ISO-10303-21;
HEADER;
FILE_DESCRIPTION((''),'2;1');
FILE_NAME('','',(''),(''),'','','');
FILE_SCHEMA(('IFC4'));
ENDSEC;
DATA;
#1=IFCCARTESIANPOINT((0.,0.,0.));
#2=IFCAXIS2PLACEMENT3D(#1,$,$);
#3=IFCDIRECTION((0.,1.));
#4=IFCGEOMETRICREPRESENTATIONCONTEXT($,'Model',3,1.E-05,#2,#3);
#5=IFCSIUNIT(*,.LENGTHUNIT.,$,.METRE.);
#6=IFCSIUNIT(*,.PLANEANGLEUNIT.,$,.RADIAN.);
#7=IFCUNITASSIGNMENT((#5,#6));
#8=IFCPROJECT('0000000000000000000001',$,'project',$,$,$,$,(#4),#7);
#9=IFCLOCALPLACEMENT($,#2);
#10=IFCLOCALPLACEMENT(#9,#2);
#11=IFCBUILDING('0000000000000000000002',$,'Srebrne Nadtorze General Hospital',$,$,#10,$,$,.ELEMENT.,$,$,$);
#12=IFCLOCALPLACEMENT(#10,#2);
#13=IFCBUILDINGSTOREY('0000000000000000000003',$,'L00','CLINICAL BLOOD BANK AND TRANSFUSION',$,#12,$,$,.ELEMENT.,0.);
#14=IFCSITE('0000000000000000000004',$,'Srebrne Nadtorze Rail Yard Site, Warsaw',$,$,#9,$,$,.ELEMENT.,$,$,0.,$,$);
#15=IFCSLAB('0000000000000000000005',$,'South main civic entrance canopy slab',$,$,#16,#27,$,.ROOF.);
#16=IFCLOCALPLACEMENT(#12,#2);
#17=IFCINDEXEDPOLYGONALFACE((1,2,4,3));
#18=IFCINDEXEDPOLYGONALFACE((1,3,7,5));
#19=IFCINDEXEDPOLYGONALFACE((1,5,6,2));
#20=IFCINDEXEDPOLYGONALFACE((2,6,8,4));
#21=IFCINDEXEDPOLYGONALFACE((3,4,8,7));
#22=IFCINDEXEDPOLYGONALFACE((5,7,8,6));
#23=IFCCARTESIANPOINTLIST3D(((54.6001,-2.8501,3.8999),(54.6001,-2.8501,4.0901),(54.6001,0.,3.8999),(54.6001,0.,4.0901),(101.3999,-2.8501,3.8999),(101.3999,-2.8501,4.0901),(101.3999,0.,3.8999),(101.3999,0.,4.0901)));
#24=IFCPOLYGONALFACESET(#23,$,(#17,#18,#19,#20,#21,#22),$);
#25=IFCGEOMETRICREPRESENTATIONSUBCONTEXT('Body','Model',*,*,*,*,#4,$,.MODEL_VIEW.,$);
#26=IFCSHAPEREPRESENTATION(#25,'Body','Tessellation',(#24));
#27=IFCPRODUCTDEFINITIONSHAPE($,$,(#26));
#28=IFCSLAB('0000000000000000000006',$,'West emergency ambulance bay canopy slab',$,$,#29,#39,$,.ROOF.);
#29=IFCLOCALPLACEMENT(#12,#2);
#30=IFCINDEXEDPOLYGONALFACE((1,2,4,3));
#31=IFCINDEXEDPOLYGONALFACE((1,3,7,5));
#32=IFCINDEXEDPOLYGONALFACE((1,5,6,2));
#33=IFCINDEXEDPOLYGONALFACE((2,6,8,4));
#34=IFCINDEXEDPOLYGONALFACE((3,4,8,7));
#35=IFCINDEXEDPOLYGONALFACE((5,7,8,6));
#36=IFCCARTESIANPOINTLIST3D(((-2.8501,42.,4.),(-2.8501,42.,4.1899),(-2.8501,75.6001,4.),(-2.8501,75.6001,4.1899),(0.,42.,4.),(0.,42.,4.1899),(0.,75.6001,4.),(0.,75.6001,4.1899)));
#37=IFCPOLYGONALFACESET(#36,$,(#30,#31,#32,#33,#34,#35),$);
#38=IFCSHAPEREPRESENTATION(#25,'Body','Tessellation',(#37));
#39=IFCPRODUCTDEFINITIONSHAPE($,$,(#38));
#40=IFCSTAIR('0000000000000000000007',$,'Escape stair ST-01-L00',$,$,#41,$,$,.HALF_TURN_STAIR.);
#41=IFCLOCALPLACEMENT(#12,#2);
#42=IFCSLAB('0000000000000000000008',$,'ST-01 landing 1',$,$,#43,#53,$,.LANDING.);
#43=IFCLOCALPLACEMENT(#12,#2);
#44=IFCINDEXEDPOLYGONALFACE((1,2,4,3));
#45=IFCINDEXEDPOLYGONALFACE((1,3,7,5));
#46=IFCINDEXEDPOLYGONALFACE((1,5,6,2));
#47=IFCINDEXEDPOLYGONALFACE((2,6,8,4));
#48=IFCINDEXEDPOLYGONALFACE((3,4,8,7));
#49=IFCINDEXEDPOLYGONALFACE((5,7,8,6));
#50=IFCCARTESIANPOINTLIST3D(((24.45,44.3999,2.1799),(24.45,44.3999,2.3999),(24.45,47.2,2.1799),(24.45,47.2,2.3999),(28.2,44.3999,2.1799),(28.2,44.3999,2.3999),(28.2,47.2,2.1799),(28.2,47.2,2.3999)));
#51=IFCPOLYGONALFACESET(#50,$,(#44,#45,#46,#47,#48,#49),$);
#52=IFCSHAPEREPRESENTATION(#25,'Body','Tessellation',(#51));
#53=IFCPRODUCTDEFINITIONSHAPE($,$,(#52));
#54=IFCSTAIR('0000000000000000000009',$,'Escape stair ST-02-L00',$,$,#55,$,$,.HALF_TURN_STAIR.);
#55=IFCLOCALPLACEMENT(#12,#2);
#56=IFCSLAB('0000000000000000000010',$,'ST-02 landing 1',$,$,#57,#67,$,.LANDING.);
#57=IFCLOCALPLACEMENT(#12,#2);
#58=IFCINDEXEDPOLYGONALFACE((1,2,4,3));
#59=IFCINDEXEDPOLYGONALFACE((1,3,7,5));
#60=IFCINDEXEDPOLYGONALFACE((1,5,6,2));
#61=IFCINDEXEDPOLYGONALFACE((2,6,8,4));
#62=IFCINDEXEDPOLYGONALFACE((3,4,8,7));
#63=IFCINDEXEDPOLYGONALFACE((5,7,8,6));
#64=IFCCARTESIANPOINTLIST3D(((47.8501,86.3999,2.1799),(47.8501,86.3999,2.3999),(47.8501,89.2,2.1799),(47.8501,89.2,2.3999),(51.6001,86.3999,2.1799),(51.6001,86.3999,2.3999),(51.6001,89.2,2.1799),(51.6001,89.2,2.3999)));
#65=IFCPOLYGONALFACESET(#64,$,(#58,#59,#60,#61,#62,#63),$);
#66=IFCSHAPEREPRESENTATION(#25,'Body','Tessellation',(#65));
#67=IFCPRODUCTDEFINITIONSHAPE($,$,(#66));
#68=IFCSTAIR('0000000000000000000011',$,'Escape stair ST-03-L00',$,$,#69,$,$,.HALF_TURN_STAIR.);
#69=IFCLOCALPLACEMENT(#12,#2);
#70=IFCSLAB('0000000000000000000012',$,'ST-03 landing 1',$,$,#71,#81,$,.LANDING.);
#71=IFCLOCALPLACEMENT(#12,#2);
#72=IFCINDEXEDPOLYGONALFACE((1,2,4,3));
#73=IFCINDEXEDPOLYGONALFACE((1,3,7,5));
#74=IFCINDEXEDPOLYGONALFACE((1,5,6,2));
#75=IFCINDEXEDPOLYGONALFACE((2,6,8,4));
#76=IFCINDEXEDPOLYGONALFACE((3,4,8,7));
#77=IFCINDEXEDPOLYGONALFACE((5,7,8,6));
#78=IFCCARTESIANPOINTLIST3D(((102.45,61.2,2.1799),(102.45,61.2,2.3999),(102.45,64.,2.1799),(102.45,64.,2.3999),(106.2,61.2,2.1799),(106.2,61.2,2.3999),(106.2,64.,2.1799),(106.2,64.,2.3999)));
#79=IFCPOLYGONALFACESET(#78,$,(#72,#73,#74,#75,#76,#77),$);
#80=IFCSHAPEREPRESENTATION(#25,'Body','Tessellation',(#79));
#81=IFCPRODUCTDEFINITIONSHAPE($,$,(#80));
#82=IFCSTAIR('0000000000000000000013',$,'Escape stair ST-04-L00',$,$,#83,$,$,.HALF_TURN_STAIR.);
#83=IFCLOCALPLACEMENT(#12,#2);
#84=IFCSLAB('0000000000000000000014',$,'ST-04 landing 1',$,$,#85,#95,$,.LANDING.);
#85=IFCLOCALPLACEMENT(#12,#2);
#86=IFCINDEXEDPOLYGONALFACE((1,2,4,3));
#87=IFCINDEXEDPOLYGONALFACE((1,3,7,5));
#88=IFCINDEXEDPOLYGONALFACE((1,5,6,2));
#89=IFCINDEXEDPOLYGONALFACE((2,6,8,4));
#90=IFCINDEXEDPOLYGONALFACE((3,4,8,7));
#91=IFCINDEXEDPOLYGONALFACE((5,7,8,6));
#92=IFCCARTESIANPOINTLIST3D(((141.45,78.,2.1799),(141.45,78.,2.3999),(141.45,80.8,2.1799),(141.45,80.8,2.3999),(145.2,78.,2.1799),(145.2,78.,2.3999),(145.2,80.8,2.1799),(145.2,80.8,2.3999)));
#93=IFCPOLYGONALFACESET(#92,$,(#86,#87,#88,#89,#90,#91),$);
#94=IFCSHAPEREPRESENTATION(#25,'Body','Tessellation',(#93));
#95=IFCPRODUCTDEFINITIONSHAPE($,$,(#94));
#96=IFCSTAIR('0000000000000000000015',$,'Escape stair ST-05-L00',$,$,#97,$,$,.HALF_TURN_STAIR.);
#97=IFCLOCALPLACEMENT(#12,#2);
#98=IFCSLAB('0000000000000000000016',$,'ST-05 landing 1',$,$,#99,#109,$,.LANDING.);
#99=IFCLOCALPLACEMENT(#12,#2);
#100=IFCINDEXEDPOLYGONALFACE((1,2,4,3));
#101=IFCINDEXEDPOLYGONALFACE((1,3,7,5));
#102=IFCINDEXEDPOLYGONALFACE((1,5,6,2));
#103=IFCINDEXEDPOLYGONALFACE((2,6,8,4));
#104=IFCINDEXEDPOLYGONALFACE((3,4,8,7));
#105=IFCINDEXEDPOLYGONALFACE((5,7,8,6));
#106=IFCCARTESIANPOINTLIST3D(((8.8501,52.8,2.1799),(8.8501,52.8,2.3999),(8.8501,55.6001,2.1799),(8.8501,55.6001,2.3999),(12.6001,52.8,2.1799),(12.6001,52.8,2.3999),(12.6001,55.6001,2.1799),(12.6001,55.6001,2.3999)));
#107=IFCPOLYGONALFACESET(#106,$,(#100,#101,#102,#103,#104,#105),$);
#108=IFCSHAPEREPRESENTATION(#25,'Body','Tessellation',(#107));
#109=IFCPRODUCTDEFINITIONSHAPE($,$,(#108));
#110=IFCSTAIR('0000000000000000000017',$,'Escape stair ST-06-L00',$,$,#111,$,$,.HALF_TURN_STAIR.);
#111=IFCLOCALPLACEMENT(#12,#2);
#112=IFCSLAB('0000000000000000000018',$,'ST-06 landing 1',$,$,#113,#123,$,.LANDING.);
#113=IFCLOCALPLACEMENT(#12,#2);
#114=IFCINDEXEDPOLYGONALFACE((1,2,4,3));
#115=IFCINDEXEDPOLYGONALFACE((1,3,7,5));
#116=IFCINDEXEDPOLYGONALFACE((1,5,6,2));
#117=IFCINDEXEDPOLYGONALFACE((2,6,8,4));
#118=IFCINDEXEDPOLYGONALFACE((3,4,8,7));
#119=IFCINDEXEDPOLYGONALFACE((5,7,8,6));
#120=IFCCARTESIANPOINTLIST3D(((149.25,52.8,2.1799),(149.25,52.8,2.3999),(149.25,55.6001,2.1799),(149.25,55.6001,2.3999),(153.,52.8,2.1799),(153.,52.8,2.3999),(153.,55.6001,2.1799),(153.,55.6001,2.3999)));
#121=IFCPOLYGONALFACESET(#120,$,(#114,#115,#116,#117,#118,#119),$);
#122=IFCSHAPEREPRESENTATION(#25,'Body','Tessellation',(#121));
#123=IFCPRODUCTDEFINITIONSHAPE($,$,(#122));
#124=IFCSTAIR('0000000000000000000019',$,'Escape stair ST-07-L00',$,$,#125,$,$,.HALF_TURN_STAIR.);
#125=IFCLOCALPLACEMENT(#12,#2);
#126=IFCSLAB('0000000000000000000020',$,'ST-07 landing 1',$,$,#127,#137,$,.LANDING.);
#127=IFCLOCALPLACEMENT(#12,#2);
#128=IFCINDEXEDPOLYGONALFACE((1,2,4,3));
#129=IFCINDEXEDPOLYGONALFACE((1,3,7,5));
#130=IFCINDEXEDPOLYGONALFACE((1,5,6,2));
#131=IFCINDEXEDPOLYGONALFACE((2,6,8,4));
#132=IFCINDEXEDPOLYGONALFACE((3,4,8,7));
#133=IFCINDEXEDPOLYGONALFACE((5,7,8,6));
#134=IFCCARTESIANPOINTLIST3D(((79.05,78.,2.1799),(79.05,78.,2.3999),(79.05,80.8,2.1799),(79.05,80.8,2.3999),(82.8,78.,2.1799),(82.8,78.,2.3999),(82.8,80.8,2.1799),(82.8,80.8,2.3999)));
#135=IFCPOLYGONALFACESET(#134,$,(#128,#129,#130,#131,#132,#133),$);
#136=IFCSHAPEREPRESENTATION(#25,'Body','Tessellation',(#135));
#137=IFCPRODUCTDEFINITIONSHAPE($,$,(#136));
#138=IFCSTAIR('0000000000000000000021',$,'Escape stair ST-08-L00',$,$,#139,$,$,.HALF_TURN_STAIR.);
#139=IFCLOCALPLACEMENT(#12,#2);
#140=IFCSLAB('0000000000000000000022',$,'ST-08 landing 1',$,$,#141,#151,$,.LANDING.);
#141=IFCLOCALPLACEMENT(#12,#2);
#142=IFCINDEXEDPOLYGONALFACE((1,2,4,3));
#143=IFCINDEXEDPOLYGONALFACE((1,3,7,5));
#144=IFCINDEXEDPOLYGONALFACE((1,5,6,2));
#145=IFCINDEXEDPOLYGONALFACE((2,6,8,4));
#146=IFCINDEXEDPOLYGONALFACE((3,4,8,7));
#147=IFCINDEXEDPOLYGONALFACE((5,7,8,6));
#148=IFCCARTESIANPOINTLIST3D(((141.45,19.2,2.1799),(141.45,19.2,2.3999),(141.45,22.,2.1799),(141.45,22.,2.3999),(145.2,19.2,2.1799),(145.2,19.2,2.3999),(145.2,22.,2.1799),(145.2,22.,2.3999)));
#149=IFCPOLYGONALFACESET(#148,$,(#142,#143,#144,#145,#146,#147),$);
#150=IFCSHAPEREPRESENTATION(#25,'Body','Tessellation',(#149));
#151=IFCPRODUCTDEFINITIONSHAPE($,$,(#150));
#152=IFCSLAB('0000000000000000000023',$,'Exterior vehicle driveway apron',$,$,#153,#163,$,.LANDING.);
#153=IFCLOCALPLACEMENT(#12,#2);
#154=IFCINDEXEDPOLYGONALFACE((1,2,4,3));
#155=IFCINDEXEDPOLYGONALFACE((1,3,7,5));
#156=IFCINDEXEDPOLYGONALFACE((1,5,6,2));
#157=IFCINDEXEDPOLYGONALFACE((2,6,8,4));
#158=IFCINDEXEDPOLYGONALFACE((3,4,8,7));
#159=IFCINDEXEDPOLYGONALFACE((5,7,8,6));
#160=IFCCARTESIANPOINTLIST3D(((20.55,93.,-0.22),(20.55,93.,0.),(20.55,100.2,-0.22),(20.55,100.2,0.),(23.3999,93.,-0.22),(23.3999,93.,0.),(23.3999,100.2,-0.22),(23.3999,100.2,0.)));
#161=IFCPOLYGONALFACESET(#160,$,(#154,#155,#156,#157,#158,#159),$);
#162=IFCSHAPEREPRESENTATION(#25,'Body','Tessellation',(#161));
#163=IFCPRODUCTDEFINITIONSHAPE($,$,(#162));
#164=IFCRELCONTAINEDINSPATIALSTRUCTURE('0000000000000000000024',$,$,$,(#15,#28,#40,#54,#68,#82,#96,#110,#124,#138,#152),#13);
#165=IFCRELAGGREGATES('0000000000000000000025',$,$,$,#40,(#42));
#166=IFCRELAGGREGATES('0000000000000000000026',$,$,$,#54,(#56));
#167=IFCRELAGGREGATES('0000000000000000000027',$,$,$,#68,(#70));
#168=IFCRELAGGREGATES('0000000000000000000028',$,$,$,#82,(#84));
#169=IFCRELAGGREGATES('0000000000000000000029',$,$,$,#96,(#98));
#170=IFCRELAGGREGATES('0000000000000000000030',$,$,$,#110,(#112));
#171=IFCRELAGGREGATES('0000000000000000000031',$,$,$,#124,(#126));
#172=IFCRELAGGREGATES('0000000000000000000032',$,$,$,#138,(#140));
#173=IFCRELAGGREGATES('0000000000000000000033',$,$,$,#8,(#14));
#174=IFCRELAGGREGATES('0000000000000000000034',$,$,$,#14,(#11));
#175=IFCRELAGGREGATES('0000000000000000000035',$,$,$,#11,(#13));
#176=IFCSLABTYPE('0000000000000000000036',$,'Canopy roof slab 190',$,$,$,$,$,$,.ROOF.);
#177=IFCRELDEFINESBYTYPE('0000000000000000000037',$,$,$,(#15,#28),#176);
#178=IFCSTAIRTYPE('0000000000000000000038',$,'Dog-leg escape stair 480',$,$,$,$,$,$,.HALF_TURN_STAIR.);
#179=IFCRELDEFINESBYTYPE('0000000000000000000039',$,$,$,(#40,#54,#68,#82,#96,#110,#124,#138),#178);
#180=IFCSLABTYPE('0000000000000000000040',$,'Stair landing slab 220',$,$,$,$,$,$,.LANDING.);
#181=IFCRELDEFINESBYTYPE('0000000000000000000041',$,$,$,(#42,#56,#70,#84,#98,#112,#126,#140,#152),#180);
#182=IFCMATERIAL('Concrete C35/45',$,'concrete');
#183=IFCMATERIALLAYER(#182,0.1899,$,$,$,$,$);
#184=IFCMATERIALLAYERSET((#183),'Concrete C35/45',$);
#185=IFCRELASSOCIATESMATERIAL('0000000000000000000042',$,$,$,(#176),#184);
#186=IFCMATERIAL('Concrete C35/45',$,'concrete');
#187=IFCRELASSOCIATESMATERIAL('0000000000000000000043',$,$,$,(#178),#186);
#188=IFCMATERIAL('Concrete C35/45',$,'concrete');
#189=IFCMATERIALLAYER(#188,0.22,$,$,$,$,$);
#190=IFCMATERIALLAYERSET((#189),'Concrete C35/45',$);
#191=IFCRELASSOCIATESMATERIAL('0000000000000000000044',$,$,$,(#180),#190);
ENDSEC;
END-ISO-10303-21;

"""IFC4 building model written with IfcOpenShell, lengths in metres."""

from ifc_helpers import new_model, si_unit, direction, frame, origin, place, context, subcontext, project, spatial, polyline, outline, extrude, material, layer, layer_set, type_object, element, aggregate, save


model = new_model("IFC4")

# Units and contexts
model_context = context("Model", 3, precision=1e-05, world=origin(), true_north=direction((0.0, 1.0)))
body_context = subcontext(model_context, "Body", "Model", "MODEL_VIEW")
ifc_project = project(units=[si_unit("LENGTHUNIT", "METRE"), si_unit("PLANEANGLEUNIT", "RADIAN")], contexts=[model_context])

# Site, building, storey
site_placement = place(None, origin())
site = spatial("IfcSite", under=ifc_project, at=site_placement, Name="Srebrne Nadtorze Rail Yard Site, Warsaw", CompositionType="ELEMENT", RefElevation=0.0)
building_placement = place(site_placement, origin())
building = spatial("IfcBuilding", under=site, at=building_placement, Name="Srebrne Nadtorze General Hospital", CompositionType="ELEMENT")
storey_placement = place(building_placement, origin())
storey = spatial("IfcBuildingStorey", under=building, at=storey_placement, Name="L00", Description="CLINICAL BLOOD BANK AND TRANSFUSION", CompositionType="ELEMENT", Elevation=0.0)

# Slabs
ifc_material_1 = material(Name="Concrete C35/45", Category="concrete")
ifc_layer_1 = layer(ifc_material_1, 0.1899)
ifc_layer_set_1 = layer_set([ifc_layer_1], Name="Concrete C35/45")
slab_type_1 = type_object("IfcSlabType", Name="Canopy roof slab 190", PredefinedType="ROOF", material=ifc_layer_set_1)
slab_1_placement = place(storey_placement, frame((0.0, 0.0, 3.8999)))
element("IfcSlab", 1, at=slab_1_placement, inside=storey, type_object=slab_type_1, Name="South main civic entrance canopy slab", PredefinedType="ROOF", context=body_context, shape_type="SweptSolid", body=[
    extrude(outline(polyline([(54.6001, -2.8501), (101.3999, -2.8501), (101.3999, 0.0), (54.6001, 0.0), (54.6001, -2.8501)])), origin(), (0.0, 0.0, 1.0), 0.1902),
])
slab_2_placement = place(storey_placement, frame((0.0, 0.0, 4.0)))
element("IfcSlab", 2, at=slab_2_placement, inside=storey, type_object=slab_type_1, Name="West emergency ambulance bay canopy slab", PredefinedType="ROOF", context=body_context, shape_type="SweptSolid", body=[
    extrude(outline(polyline([(-2.8501, 42.0), (0.0, 42.0), (0.0, 75.6001), (-2.8501, 75.6001), (-2.8501, 42.0)])), origin(), (0.0, 0.0, 1.0), 0.1899),
])

# Stairs, slabs
ifc_material_2 = material(Name="Concrete C35/45", Category="concrete")
stair_type = type_object("IfcStairType", Name="Dog-leg escape stair 480", PredefinedType="HALF_TURN_STAIR", material=ifc_material_2)
stair_1_placement = place(storey_placement, origin())
stair_1 = element("IfcStair", 3, at=stair_1_placement, inside=storey, type_object=stair_type, Name="Escape stair ST-01-L00", PredefinedType="HALF_TURN_STAIR")
ifc_material_3 = material(Name="Concrete C35/45", Category="concrete")
ifc_layer_2 = layer(ifc_material_3, 0.22)
ifc_layer_set_2 = layer_set([ifc_layer_2], Name="Concrete C35/45")
slab_type_2 = type_object("IfcSlabType", Name="Stair landing slab 220", PredefinedType="LANDING", material=ifc_layer_set_2)
slab_3_placement = place(storey_placement, frame((0.0, 0.0, 2.1799)))
slab_3 = element("IfcSlab", 4, at=slab_3_placement, type_object=slab_type_2, Name="ST-01 landing 1", PredefinedType="LANDING", context=body_context, shape_type="SweptSolid", body=[
    extrude(outline(polyline([(24.45, 44.3999), (28.2, 44.3999), (28.2, 47.2), (24.45, 47.2), (24.45, 44.3999)])), origin(), (0.0, 0.0, 1.0), 0.22),
])
aggregate(stair_1, [slab_3])
stair_2_placement = place(storey_placement, origin())
stair_2 = element("IfcStair", 5, at=stair_2_placement, inside=storey, type_object=stair_type, Name="Escape stair ST-02-L00", PredefinedType="HALF_TURN_STAIR")
slab_4_placement = place(storey_placement, frame((0.0, 0.0, 2.1799)))
slab_4 = element("IfcSlab", 6, at=slab_4_placement, type_object=slab_type_2, Name="ST-02 landing 1", PredefinedType="LANDING", context=body_context, shape_type="SweptSolid", body=[
    extrude(outline(polyline([(47.8501, 86.3999), (51.6001, 86.3999), (51.6001, 89.2), (47.8501, 89.2), (47.8501, 86.3999)])), origin(), (0.0, 0.0, 1.0), 0.22),
])
aggregate(stair_2, [slab_4])
stair_3_placement = place(storey_placement, origin())
stair_3 = element("IfcStair", 7, at=stair_3_placement, inside=storey, type_object=stair_type, Name="Escape stair ST-03-L00", PredefinedType="HALF_TURN_STAIR")
slab_5_placement = place(storey_placement, frame((0.0, 0.0, 2.1799)))
slab_5 = element("IfcSlab", 8, at=slab_5_placement, type_object=slab_type_2, Name="ST-03 landing 1", PredefinedType="LANDING", context=body_context, shape_type="SweptSolid", body=[
    extrude(outline(polyline([(102.45, 61.2), (106.2, 61.2), (106.2, 64.0), (102.45, 64.0), (102.45, 61.2)])), origin(), (0.0, 0.0, 1.0), 0.22),
])
aggregate(stair_3, [slab_5])
stair_4_placement = place(storey_placement, origin())
stair_4 = element("IfcStair", 9, at=stair_4_placement, inside=storey, type_object=stair_type, Name="Escape stair ST-04-L00", PredefinedType="HALF_TURN_STAIR")
slab_6_placement = place(storey_placement, frame((0.0, 0.0, 2.1799)))
slab_6 = element("IfcSlab", 10, at=slab_6_placement, type_object=slab_type_2, Name="ST-04 landing 1", PredefinedType="LANDING", context=body_context, shape_type="SweptSolid", body=[
    extrude(outline(polyline([(141.45, 78.0), (145.2, 78.0), (145.2, 80.8), (141.45, 80.8), (141.45, 78.0)])), origin(), (0.0, 0.0, 1.0), 0.22),
])
aggregate(stair_4, [slab_6])
stair_5_placement = place(storey_placement, origin())
stair_5 = element("IfcStair", 11, at=stair_5_placement, inside=storey, type_object=stair_type, Name="Escape stair ST-05-L00", PredefinedType="HALF_TURN_STAIR")
slab_7_placement = place(storey_placement, frame((0.0, 0.0, 2.1799)))
slab_7 = element("IfcSlab", 12, at=slab_7_placement, type_object=slab_type_2, Name="ST-05 landing 1", PredefinedType="LANDING", context=body_context, shape_type="SweptSolid", body=[
    extrude(outline(polyline([(8.8501, 52.8), (12.6001, 52.8), (12.6001, 55.6001), (8.8501, 55.6001), (8.8501, 52.8)])), origin(), (0.0, 0.0, 1.0), 0.22),
])
aggregate(stair_5, [slab_7])
stair_6_placement = place(storey_placement, origin())
stair_6 = element("IfcStair", 13, at=stair_6_placement, inside=storey, type_object=stair_type, Name="Escape stair ST-06-L00", PredefinedType="HALF_TURN_STAIR")
slab_8_placement = place(storey_placement, frame((0.0, 0.0, 2.1799)))
slab_8 = element("IfcSlab", 14, at=slab_8_placement, type_object=slab_type_2, Name="ST-06 landing 1", PredefinedType="LANDING", context=body_context, shape_type="SweptSolid", body=[
    extrude(outline(polyline([(149.25, 52.8), (153.0, 52.8), (153.0, 55.6001), (149.25, 55.6001), (149.25, 52.8)])), origin(), (0.0, 0.0, 1.0), 0.22),
])
aggregate(stair_6, [slab_8])
stair_7_placement = place(storey_placement, origin())
stair_7 = element("IfcStair", 15, at=stair_7_placement, inside=storey, type_object=stair_type, Name="Escape stair ST-07-L00", PredefinedType="HALF_TURN_STAIR")
slab_9_placement = place(storey_placement, frame((0.0, 0.0, 2.1799)))
slab_9 = element("IfcSlab", 16, at=slab_9_placement, type_object=slab_type_2, Name="ST-07 landing 1", PredefinedType="LANDING", context=body_context, shape_type="SweptSolid", body=[
    extrude(outline(polyline([(79.05, 78.0), (82.8, 78.0), (82.8, 80.8), (79.05, 80.8), (79.05, 78.0)])), origin(), (0.0, 0.0, 1.0), 0.22),
])
aggregate(stair_7, [slab_9])
stair_8_placement = place(storey_placement, origin())
stair_8 = element("IfcStair", 17, at=stair_8_placement, inside=storey, type_object=stair_type, Name="Escape stair ST-08-L00", PredefinedType="HALF_TURN_STAIR")
slab_10_placement = place(storey_placement, frame((0.0, 0.0, 2.1799)))
slab_10 = element("IfcSlab", 18, at=slab_10_placement, type_object=slab_type_2, Name="ST-08 landing 1", PredefinedType="LANDING", context=body_context, shape_type="SweptSolid", body=[
    extrude(outline(polyline([(141.45, 19.2), (145.2, 19.2), (145.2, 22.0), (141.45, 22.0), (141.45, 19.2)])), origin(), (0.0, 0.0, 1.0), 0.22),
])
aggregate(stair_8, [slab_10])

# Slab
slab_11_placement = place(storey_placement, frame((0.0, 0.0, -0.22)))
element("IfcSlab", 19, at=slab_11_placement, inside=storey, type_object=slab_type_2, Name="Exterior vehicle driveway apron", PredefinedType="LANDING", context=body_context, shape_type="SweptSolid", body=[
    extrude(outline(polyline([(20.55, 93.0), (23.3999, 93.0), (23.3999, 100.2), (20.55, 100.2), (20.55, 93.0)])), origin(), (0.0, 0.0, 1.0), 0.22),
])

save(model, "model.ifc")
